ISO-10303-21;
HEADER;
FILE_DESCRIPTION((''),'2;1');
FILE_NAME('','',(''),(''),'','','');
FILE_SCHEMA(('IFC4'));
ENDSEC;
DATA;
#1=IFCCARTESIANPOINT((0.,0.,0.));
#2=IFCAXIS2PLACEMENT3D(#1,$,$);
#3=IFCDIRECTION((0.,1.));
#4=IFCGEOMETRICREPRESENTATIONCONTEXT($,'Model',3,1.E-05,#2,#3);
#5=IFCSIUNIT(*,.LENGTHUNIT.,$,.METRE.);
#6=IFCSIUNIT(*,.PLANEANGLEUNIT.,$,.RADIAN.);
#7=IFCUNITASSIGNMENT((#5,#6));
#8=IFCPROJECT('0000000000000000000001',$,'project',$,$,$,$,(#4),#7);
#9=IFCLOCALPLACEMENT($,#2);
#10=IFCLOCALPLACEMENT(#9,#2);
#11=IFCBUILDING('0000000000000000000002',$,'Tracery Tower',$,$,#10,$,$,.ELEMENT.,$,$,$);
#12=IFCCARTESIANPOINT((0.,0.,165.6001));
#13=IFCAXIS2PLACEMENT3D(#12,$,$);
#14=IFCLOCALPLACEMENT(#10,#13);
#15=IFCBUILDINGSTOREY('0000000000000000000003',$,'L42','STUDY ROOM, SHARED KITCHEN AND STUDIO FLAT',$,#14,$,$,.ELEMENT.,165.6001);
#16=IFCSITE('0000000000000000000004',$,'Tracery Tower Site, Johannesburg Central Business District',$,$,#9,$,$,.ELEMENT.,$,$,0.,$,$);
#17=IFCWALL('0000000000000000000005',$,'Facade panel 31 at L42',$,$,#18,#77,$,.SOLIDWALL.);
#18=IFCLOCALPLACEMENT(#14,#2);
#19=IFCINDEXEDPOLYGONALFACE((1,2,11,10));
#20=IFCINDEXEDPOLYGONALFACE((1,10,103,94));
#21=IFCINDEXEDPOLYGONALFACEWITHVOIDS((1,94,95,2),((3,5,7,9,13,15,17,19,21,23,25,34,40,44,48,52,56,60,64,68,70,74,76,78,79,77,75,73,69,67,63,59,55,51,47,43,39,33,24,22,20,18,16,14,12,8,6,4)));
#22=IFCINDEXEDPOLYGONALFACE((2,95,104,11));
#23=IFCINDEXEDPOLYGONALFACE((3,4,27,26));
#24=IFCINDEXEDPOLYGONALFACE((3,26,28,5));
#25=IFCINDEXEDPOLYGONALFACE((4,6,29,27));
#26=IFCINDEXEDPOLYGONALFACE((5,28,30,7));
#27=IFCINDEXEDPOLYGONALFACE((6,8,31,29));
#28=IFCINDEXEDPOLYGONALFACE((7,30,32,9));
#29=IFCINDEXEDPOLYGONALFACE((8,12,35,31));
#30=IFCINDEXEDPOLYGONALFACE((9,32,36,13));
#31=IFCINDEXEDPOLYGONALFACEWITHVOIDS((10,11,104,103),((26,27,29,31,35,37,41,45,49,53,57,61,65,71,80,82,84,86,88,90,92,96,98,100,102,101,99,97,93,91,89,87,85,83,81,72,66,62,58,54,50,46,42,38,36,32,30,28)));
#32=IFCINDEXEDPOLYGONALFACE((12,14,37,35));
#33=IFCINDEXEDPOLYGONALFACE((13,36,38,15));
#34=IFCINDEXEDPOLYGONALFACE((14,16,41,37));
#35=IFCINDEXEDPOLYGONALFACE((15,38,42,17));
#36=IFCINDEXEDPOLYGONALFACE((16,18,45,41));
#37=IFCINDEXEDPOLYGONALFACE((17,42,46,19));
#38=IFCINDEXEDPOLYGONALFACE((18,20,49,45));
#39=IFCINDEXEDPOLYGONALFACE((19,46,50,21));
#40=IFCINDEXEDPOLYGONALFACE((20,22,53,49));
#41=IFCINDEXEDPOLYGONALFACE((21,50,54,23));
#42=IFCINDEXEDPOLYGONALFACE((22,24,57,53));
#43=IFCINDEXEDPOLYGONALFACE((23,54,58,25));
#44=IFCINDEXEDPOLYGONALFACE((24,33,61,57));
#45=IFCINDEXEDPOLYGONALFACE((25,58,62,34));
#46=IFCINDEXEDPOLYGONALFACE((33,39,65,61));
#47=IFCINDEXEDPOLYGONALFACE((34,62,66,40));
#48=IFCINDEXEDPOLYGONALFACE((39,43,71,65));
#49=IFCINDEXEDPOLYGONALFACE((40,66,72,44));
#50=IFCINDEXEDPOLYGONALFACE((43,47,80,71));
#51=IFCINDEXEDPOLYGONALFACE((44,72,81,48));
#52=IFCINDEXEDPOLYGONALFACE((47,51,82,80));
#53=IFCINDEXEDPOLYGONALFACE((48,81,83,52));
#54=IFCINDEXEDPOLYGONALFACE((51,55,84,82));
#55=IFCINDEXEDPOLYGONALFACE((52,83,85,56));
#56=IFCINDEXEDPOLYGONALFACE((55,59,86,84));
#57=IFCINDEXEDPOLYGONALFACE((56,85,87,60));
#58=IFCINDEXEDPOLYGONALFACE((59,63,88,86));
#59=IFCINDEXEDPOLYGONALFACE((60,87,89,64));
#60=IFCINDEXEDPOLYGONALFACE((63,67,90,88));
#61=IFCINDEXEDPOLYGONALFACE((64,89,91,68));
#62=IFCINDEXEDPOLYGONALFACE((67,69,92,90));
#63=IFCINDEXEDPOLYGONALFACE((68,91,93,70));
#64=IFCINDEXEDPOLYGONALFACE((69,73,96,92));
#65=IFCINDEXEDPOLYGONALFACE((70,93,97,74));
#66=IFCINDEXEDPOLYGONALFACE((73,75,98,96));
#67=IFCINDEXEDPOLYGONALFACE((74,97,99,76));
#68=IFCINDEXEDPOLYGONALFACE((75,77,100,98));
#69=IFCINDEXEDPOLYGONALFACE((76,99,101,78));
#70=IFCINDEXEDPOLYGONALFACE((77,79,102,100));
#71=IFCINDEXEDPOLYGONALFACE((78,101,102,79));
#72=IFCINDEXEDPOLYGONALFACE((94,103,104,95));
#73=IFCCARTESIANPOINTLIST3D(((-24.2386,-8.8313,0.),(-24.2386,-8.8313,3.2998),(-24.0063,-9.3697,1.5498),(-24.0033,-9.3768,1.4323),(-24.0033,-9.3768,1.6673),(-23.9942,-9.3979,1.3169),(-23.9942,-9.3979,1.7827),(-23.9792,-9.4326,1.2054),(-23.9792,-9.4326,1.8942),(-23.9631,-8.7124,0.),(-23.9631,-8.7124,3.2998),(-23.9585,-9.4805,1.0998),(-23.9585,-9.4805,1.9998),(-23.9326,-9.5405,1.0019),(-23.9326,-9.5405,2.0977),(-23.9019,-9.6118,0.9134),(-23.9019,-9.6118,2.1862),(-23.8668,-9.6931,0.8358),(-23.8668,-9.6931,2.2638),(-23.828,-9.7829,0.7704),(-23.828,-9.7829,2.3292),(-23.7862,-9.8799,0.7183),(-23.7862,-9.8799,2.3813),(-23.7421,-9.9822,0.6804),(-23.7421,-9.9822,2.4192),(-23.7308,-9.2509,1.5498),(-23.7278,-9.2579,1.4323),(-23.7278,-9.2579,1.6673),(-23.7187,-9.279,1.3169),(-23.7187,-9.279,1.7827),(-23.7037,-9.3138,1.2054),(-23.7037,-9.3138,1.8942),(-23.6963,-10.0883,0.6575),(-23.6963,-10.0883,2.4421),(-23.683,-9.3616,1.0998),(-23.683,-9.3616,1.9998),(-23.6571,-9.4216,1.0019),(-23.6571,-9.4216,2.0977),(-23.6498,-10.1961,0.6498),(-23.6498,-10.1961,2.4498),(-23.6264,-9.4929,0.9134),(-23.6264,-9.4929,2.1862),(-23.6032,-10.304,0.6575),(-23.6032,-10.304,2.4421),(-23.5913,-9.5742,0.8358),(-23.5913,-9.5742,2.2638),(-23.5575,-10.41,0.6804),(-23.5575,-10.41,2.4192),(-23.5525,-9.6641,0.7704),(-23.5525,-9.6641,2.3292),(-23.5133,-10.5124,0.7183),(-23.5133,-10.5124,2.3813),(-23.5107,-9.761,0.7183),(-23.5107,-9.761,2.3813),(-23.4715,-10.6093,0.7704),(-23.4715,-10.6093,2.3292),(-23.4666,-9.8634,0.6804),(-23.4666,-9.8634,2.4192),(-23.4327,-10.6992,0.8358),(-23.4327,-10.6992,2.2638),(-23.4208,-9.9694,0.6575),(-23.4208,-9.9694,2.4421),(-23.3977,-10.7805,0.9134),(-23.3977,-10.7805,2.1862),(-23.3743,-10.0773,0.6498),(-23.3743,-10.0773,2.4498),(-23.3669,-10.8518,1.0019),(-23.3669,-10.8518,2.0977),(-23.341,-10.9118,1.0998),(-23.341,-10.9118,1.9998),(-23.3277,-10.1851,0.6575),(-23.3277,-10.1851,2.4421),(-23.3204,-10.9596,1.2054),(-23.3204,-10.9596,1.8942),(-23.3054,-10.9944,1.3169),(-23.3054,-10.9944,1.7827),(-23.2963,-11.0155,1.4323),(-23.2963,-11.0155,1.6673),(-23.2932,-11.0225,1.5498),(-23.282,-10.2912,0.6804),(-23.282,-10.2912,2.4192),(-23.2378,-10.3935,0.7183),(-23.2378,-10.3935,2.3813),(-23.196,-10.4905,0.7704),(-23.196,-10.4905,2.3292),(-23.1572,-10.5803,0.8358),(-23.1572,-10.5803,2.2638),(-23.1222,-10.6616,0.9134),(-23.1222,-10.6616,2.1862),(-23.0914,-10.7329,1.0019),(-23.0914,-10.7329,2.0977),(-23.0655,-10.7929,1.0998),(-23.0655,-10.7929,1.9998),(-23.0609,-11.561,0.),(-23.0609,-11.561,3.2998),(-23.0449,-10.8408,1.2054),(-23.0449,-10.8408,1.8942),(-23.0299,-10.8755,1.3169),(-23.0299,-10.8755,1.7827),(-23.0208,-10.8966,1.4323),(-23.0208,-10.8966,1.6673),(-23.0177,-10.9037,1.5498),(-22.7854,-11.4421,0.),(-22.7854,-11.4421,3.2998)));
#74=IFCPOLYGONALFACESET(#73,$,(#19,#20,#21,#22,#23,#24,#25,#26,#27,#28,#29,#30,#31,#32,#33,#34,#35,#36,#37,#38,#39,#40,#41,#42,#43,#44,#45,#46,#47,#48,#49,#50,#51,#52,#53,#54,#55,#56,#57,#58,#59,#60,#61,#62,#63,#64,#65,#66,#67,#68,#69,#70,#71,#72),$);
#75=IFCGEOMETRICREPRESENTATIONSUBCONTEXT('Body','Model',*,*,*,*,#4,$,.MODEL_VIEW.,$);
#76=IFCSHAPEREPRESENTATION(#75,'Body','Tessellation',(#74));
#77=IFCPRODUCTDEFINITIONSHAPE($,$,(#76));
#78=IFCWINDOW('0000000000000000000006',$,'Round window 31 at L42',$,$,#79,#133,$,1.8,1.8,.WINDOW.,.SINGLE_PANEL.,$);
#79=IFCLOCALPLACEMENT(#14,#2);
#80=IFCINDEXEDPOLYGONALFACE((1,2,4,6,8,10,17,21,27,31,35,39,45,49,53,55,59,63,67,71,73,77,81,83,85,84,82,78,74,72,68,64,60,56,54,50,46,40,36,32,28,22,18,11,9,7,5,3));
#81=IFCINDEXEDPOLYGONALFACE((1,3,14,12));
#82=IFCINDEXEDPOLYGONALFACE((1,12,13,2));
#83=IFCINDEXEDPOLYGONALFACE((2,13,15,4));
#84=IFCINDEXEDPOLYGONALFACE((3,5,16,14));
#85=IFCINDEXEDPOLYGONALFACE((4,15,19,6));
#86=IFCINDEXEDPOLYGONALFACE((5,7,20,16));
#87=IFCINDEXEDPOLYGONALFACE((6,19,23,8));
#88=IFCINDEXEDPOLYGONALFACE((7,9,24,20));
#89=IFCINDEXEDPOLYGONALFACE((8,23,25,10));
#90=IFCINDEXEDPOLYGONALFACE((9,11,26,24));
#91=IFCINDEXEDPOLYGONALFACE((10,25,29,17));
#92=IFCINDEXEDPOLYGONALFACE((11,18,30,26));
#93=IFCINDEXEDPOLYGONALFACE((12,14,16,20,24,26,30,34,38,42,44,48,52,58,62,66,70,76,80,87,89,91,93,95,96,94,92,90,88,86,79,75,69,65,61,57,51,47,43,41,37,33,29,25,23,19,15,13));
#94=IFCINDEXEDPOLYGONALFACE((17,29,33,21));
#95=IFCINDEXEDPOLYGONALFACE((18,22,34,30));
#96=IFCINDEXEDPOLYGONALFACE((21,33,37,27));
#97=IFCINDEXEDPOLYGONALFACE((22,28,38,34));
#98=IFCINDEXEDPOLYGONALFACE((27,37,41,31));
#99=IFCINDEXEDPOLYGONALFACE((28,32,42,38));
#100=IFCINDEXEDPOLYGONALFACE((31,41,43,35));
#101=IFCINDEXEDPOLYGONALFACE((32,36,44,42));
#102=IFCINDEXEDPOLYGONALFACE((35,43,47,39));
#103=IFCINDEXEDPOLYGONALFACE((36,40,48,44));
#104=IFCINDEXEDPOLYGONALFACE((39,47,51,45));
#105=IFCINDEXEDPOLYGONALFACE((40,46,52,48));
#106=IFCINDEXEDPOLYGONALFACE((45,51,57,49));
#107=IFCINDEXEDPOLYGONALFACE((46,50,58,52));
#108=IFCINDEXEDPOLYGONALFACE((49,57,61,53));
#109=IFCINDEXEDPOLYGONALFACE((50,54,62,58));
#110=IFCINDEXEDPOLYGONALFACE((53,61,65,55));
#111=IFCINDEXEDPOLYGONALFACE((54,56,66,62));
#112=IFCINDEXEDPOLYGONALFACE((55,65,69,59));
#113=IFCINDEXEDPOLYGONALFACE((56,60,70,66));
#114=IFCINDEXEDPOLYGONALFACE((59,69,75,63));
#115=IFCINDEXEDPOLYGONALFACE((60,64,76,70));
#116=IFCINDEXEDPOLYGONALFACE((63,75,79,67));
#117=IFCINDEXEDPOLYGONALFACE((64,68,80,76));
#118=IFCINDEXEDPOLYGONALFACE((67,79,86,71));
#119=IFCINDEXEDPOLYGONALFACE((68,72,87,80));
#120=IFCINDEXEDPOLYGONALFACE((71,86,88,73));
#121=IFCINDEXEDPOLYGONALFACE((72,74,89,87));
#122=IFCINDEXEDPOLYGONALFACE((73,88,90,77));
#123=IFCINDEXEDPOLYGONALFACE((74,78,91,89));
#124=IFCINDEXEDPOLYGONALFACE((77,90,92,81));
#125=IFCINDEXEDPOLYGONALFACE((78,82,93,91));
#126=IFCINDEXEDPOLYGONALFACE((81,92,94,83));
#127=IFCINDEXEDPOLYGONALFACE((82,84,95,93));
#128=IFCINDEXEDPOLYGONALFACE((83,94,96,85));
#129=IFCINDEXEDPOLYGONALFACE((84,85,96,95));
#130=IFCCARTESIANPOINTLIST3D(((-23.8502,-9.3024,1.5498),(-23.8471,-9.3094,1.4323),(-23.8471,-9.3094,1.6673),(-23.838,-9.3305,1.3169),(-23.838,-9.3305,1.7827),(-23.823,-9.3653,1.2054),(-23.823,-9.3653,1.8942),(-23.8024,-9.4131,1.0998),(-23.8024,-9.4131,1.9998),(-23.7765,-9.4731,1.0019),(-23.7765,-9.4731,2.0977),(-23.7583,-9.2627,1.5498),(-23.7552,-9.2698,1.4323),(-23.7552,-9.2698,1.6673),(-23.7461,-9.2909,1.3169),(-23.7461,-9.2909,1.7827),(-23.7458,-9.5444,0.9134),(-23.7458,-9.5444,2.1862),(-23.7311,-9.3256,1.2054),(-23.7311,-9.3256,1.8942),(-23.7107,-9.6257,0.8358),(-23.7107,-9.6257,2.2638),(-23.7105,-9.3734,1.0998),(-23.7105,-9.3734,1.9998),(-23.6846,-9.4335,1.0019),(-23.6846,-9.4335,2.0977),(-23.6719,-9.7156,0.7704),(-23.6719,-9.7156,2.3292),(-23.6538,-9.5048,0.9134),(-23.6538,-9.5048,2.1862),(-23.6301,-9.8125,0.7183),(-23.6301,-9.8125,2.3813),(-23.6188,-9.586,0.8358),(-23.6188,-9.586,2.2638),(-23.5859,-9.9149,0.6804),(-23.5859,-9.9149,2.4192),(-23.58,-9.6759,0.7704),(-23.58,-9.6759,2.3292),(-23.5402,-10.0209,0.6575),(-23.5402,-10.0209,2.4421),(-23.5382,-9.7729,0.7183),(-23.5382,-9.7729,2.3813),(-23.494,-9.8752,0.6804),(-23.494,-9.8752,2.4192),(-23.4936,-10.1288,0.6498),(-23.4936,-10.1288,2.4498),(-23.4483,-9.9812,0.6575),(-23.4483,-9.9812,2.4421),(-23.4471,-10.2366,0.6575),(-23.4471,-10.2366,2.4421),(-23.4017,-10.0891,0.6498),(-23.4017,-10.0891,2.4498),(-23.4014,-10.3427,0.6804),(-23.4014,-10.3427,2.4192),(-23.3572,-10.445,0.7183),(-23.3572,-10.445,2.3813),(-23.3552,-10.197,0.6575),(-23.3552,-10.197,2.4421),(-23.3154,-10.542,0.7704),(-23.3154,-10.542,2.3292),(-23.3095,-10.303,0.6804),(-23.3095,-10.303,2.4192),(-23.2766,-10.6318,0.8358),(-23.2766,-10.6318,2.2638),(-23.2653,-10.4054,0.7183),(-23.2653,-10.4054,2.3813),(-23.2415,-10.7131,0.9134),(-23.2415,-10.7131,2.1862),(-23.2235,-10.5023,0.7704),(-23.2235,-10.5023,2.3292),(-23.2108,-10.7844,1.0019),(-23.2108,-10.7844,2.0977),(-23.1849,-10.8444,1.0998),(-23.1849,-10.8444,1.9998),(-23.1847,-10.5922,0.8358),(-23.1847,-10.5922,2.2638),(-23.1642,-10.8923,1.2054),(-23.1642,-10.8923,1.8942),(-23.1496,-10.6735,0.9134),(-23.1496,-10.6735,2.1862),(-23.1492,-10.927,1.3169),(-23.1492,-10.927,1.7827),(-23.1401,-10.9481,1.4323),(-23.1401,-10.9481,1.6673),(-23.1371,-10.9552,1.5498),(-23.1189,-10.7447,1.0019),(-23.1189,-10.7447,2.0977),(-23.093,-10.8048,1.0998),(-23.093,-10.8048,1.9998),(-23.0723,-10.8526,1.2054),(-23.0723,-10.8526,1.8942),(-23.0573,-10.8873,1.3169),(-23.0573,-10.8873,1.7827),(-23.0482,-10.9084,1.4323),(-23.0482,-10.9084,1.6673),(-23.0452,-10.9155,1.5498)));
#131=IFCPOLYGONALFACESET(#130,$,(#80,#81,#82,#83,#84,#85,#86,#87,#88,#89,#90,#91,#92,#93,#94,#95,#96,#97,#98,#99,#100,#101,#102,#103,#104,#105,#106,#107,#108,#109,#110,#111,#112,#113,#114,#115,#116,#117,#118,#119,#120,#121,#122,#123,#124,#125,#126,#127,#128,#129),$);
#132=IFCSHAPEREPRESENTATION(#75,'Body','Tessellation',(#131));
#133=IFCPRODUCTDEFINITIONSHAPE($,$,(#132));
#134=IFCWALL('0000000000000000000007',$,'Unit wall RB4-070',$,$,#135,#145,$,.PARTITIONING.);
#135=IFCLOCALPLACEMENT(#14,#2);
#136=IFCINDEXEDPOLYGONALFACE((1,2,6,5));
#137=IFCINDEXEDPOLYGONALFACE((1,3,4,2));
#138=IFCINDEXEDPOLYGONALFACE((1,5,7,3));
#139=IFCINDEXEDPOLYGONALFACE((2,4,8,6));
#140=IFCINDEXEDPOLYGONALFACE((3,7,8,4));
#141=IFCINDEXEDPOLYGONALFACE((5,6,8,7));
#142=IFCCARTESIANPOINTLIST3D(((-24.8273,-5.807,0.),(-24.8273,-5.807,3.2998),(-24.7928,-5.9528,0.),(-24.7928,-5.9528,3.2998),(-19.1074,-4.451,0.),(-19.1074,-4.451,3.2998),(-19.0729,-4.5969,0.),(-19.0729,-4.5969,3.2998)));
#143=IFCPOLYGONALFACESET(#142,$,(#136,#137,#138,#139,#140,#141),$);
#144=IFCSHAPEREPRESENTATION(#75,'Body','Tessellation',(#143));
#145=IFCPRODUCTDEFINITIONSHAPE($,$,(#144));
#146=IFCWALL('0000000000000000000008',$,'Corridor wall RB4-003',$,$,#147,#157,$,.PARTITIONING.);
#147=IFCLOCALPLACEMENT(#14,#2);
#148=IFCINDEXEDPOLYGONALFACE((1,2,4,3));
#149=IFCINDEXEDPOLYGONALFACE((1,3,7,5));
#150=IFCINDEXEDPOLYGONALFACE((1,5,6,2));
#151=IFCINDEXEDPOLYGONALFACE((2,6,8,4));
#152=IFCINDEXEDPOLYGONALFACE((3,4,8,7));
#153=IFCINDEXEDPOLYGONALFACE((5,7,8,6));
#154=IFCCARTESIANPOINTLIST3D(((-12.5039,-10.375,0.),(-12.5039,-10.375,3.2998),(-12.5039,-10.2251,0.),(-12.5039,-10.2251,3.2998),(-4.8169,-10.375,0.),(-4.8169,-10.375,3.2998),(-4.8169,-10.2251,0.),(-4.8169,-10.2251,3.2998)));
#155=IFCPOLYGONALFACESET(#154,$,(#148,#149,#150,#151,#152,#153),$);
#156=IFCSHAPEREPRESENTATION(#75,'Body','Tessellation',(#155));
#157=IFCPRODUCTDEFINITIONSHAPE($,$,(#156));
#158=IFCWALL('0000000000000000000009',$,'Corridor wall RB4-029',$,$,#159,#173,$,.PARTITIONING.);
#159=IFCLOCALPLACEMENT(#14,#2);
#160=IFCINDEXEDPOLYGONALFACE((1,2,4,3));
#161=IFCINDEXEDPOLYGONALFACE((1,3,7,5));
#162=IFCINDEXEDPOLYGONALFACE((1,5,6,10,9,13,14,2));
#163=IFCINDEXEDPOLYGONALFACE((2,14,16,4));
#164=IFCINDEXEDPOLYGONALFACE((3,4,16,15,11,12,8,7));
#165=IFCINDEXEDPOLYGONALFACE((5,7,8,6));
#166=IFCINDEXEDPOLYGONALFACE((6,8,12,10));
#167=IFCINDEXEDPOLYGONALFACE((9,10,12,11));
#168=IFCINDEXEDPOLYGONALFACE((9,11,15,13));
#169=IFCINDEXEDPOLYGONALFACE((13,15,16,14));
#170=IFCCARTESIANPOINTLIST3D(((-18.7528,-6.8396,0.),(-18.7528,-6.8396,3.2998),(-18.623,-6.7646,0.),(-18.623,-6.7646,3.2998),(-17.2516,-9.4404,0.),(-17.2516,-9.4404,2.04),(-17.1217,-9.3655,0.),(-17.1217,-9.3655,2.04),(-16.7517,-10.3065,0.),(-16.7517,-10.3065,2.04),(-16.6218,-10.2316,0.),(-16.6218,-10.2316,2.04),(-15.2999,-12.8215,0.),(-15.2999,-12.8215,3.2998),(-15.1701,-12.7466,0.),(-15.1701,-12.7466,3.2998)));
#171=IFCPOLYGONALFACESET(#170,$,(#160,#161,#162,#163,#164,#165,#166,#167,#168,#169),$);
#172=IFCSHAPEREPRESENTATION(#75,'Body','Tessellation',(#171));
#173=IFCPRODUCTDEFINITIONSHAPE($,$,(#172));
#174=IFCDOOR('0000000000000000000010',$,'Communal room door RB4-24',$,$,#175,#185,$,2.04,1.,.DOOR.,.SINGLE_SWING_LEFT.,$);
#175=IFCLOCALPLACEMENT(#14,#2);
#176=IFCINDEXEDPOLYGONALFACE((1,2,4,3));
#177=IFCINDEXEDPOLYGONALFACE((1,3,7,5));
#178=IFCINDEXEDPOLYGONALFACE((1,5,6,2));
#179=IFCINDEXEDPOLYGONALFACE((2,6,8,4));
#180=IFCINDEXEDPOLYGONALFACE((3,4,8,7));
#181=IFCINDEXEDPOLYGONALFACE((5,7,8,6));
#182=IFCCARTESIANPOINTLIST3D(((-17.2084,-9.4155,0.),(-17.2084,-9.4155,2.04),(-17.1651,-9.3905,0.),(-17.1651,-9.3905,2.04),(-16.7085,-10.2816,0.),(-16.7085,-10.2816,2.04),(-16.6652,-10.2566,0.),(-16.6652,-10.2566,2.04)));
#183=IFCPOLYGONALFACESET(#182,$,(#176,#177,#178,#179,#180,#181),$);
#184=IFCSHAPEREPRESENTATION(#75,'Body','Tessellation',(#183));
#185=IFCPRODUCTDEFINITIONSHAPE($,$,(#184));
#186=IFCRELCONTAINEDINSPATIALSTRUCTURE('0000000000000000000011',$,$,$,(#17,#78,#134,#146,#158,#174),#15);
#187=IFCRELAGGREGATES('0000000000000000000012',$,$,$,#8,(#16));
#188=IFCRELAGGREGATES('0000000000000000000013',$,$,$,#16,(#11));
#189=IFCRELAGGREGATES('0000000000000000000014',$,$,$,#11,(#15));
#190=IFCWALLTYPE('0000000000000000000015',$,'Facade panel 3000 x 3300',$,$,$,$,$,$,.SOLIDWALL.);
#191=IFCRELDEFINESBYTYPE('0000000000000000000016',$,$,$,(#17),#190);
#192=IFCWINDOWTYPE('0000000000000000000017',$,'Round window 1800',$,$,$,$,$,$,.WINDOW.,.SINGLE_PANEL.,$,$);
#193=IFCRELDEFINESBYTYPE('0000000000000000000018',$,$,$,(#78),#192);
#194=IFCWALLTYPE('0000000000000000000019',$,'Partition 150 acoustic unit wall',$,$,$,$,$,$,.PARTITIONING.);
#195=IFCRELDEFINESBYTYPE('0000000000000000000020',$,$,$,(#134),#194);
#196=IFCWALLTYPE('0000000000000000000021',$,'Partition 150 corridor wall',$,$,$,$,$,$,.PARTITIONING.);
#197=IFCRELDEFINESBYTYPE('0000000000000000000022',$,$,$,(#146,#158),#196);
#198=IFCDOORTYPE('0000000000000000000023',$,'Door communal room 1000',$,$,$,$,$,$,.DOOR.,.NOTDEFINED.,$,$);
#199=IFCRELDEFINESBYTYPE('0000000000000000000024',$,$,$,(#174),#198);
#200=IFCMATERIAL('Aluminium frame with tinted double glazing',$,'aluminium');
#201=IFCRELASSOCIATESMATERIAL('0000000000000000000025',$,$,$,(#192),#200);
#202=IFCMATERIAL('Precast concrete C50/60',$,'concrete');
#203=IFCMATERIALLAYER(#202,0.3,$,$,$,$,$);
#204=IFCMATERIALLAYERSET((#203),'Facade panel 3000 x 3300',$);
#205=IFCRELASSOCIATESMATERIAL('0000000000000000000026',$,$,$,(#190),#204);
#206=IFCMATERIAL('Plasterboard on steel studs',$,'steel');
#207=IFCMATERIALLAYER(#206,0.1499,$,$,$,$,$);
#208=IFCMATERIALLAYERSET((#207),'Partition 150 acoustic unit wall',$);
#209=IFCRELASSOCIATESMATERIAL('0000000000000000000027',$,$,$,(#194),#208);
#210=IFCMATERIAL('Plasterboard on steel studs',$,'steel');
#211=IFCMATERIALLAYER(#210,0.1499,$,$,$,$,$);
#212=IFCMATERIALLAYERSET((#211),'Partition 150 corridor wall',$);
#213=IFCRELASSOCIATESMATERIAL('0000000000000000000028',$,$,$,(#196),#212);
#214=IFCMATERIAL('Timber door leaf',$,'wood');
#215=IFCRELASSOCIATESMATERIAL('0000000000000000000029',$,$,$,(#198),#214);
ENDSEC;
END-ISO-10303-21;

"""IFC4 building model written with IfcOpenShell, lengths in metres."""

from ifc_helpers import new_model, si_unit, direction, frame, frame_2d, origin, origin_2d, place, context, subcontext, project, spatial, rectangle, circle, extrude, material, layer, layer_set, type_object, element, fill, save


model = new_model("IFC4")

# Units and contexts
model_context = context("Model", 3, precision=1e-05, world=origin(), true_north=direction((0.0, 1.0)))
body_context = subcontext(model_context, "Body", "Model", "MODEL_VIEW")
ifc_project = project(units=[si_unit("LENGTHUNIT", "METRE"), si_unit("PLANEANGLEUNIT", "RADIAN")], contexts=[model_context])

# Site, building, storey
site_placement = place(None, origin())
site = spatial("IfcSite", under=ifc_project, at=site_placement, Name="Tracery Tower Site, Johannesburg Central Business District", CompositionType="ELEMENT", RefElevation=0.0)
building_placement = place(site_placement, origin())
building = spatial("IfcBuilding", under=site, at=building_placement, Name="Tracery Tower", CompositionType="ELEMENT")
storey_placement = place(building_placement, frame((0.0, 0.0, 165.6001)))
storey = spatial("IfcBuildingStorey", under=building, at=storey_placement, Name="L42", Description="STUDY ROOM, SHARED KITCHEN AND STUDIO FLAT", CompositionType="ELEMENT", Elevation=165.6001)

# Wall, opening, window
ifc_material_1 = material(Name="Aluminium frame with tinted double glazing", Category="aluminium")
window_type = type_object("IfcWindowType", Name="Round window 1800", PartitioningType="SINGLE_PANEL", PredefinedType="WINDOW", material=ifc_material_1)
ifc_material_2 = material(Name="Precast concrete C50/60", Category="concrete")
ifc_layer_1 = layer(ifc_material_2, 0.3)
ifc_layer_set_1 = layer_set([ifc_layer_1], Name="Facade panel 3000 x 3300")
wall_type_1 = type_object("IfcWallType", Name="Facade panel 3000 x 3300", PredefinedType="SOLIDWALL", material=ifc_layer_set_1)
wall_1_placement = place(storey_placement, frame((-24.1008, -8.772, 0.0), z_axis=(0.0, 0.0, 1.0), x_axis=(0.396148, -0.918187, 0.0)))
wall_1 = element("IfcWall", 1, at=wall_1_placement, inside=storey, type_object=wall_type_1, Name="Facade panel 31 at L42", PredefinedType="SOLIDWALL", context=body_context, shape_type="SweptSolid", body=[
    extrude(rectangle(XDim=2.9729, YDim=0.3, at=frame_2d((1.4863, 0.0))), origin(), (0.0, 0.0, 1.0), 3.2998),
])
opening_1_placement = place(wall_1_placement, frame((1.4863, 0.0, 1.5498)))
opening_1 = element("IfcOpeningElement", 2, at=opening_1_placement, cuts=wall_1, PredefinedType="OPENING", context=body_context, shape_type="SweptSolid", body=[
    extrude(circle(Radius=0.9, at=origin_2d()), frame((0.0, 0.1599, 0.0), z_axis=(0.0, -1.0, 0.0), x_axis=(1.0, 0.0, 0.0)), (0.0, 0.0, 1.0), 0.3201),
])
window_1_placement = place(opening_1_placement, origin())
window_1 = element("IfcWindow", 3, at=window_1_placement, inside=storey, type_object=window_type, Name="Round window 31 at L42", OverallHeight=1.8, OverallWidth=1.8, PartitioningType="SINGLE_PANEL", PredefinedType="WINDOW", context=body_context, shape_type="SweptSolid", body=[
    extrude(circle(Radius=0.9, at=origin_2d()), frame((0.0, 0.1201, 0.0), z_axis=(0.0, -1.0, 0.0), x_axis=(1.0, 0.0, 0.0)), (0.0, 0.0, 1.0), 0.1001),
])
fill(opening_1, window_1)

# Walls
ifc_material_3 = material(Name="Plasterboard on steel studs", Category="steel")
ifc_layer_2 = layer(ifc_material_3, 0.1499)
ifc_layer_set_2 = layer_set([ifc_layer_2], Name="Partition 150 acoustic unit wall")
wall_type_2 = type_object("IfcWallType", Name="Partition 150 acoustic unit wall", PredefinedType="PARTITIONING", material=ifc_layer_set_2)
wall_2_placement = place(storey_placement, frame((-24.8101, -5.8799, 0.0), z_axis=(0.0, 0.0, 1.0), x_axis=(0.973033, 0.230664, 0.0)))
element("IfcWall", 4, at=wall_2_placement, inside=storey, type_object=wall_type_2, Name="Unit wall RB4-070", PredefinedType="PARTITIONING", context=body_context, shape_type="SweptSolid", body=[
    extrude(rectangle(XDim=5.8784, YDim=0.1499, at=frame_2d((2.9392, 0.0))), origin(), (0.0, 0.0, 1.0), 3.2998),
])
ifc_material_4 = material(Name="Plasterboard on steel studs", Category="steel")
ifc_layer_3 = layer(ifc_material_4, 0.1499)
ifc_layer_set_3 = layer_set([ifc_layer_3], Name="Partition 150 corridor wall")
wall_type_3 = type_object("IfcWallType", Name="Partition 150 corridor wall", PredefinedType="PARTITIONING", material=ifc_layer_set_3)
wall_3_placement = place(storey_placement, frame((-12.5039, -10.3, 0.0), z_axis=(0.0, 0.0, 1.0), x_axis=(1.0, 0.0, 0.0)))
element("IfcWall", 5, at=wall_3_placement, inside=storey, type_object=wall_type_3, Name="Corridor wall RB4-003", PredefinedType="PARTITIONING", context=body_context, shape_type="SweptSolid", body=[
    extrude(rectangle(XDim=7.687, YDim=0.1499, at=frame_2d((3.8435, 0.0))), origin(), (0.0, 0.0, 1.0), 3.2998),
])

# Wall, opening, door
wall_4_placement = place(storey_placement, frame((-18.688, -6.802, 0.0), z_axis=(0.0, 0.0, 1.0), x_axis=(0.499914, -0.866075, 0.0)))
wall_4 = element("IfcWall", 6, at=wall_4_placement, inside=storey, type_object=wall_type_3, Name="Corridor wall RB4-029", PredefinedType="PARTITIONING", context=body_context, shape_type="SweptSolid", body=[
    extrude(rectangle(XDim=6.907, YDim=0.1499, at=frame_2d((3.4536, 0.0))), origin(), (0.0, 0.0, 1.0), 3.2998),
])
opening_2_placement = place(wall_4_placement, frame((3.0032, 0.0, 0.0)))
opening_2 = element("IfcOpeningElement", 7, at=opening_2_placement, cuts=wall_4, PredefinedType="OPENING", context=body_context, shape_type="SweptSolid", body=[
    extrude(rectangle(XDim=1.0, YDim=2.04, at=frame_2d((0.5, 1.02))), frame((0.0, 0.075, 0.0), z_axis=(0.0, -1.0, 0.0), x_axis=(1.0, 0.0, 0.0)), (0.0, 0.0, 1.0), 0.1499),
])
ifc_material_5 = material(Name="Timber door leaf", Category="wood")
door_type_1 = type_object("IfcDoorType", Name="Door communal room 1000", OperationType="NOTDEFINED", PredefinedType="DOOR", material=ifc_material_5)
door_1_placement = place(opening_2_placement, origin())
door_1 = element("IfcDoor", 8, at=door_1_placement, inside=storey, type_object=door_type_1, Name="Communal room door RB4-24", OperationType="SINGLE_SWING_LEFT", OverallHeight=2.04, OverallWidth=1.0, PredefinedType="DOOR", context=body_context, shape_type="SweptSolid", body=[
    extrude(rectangle(XDim=1.0, YDim=2.04, at=frame_2d((0.5, 1.02))), frame((0.0, 0.0249, 0.0), z_axis=(0.0, -1.0, 0.0), x_axis=(1.0, 0.0, 0.0)), (0.0, 0.0, 1.0), 0.05),
])
fill(opening_2, door_1)

save(model, "model.ifc")
